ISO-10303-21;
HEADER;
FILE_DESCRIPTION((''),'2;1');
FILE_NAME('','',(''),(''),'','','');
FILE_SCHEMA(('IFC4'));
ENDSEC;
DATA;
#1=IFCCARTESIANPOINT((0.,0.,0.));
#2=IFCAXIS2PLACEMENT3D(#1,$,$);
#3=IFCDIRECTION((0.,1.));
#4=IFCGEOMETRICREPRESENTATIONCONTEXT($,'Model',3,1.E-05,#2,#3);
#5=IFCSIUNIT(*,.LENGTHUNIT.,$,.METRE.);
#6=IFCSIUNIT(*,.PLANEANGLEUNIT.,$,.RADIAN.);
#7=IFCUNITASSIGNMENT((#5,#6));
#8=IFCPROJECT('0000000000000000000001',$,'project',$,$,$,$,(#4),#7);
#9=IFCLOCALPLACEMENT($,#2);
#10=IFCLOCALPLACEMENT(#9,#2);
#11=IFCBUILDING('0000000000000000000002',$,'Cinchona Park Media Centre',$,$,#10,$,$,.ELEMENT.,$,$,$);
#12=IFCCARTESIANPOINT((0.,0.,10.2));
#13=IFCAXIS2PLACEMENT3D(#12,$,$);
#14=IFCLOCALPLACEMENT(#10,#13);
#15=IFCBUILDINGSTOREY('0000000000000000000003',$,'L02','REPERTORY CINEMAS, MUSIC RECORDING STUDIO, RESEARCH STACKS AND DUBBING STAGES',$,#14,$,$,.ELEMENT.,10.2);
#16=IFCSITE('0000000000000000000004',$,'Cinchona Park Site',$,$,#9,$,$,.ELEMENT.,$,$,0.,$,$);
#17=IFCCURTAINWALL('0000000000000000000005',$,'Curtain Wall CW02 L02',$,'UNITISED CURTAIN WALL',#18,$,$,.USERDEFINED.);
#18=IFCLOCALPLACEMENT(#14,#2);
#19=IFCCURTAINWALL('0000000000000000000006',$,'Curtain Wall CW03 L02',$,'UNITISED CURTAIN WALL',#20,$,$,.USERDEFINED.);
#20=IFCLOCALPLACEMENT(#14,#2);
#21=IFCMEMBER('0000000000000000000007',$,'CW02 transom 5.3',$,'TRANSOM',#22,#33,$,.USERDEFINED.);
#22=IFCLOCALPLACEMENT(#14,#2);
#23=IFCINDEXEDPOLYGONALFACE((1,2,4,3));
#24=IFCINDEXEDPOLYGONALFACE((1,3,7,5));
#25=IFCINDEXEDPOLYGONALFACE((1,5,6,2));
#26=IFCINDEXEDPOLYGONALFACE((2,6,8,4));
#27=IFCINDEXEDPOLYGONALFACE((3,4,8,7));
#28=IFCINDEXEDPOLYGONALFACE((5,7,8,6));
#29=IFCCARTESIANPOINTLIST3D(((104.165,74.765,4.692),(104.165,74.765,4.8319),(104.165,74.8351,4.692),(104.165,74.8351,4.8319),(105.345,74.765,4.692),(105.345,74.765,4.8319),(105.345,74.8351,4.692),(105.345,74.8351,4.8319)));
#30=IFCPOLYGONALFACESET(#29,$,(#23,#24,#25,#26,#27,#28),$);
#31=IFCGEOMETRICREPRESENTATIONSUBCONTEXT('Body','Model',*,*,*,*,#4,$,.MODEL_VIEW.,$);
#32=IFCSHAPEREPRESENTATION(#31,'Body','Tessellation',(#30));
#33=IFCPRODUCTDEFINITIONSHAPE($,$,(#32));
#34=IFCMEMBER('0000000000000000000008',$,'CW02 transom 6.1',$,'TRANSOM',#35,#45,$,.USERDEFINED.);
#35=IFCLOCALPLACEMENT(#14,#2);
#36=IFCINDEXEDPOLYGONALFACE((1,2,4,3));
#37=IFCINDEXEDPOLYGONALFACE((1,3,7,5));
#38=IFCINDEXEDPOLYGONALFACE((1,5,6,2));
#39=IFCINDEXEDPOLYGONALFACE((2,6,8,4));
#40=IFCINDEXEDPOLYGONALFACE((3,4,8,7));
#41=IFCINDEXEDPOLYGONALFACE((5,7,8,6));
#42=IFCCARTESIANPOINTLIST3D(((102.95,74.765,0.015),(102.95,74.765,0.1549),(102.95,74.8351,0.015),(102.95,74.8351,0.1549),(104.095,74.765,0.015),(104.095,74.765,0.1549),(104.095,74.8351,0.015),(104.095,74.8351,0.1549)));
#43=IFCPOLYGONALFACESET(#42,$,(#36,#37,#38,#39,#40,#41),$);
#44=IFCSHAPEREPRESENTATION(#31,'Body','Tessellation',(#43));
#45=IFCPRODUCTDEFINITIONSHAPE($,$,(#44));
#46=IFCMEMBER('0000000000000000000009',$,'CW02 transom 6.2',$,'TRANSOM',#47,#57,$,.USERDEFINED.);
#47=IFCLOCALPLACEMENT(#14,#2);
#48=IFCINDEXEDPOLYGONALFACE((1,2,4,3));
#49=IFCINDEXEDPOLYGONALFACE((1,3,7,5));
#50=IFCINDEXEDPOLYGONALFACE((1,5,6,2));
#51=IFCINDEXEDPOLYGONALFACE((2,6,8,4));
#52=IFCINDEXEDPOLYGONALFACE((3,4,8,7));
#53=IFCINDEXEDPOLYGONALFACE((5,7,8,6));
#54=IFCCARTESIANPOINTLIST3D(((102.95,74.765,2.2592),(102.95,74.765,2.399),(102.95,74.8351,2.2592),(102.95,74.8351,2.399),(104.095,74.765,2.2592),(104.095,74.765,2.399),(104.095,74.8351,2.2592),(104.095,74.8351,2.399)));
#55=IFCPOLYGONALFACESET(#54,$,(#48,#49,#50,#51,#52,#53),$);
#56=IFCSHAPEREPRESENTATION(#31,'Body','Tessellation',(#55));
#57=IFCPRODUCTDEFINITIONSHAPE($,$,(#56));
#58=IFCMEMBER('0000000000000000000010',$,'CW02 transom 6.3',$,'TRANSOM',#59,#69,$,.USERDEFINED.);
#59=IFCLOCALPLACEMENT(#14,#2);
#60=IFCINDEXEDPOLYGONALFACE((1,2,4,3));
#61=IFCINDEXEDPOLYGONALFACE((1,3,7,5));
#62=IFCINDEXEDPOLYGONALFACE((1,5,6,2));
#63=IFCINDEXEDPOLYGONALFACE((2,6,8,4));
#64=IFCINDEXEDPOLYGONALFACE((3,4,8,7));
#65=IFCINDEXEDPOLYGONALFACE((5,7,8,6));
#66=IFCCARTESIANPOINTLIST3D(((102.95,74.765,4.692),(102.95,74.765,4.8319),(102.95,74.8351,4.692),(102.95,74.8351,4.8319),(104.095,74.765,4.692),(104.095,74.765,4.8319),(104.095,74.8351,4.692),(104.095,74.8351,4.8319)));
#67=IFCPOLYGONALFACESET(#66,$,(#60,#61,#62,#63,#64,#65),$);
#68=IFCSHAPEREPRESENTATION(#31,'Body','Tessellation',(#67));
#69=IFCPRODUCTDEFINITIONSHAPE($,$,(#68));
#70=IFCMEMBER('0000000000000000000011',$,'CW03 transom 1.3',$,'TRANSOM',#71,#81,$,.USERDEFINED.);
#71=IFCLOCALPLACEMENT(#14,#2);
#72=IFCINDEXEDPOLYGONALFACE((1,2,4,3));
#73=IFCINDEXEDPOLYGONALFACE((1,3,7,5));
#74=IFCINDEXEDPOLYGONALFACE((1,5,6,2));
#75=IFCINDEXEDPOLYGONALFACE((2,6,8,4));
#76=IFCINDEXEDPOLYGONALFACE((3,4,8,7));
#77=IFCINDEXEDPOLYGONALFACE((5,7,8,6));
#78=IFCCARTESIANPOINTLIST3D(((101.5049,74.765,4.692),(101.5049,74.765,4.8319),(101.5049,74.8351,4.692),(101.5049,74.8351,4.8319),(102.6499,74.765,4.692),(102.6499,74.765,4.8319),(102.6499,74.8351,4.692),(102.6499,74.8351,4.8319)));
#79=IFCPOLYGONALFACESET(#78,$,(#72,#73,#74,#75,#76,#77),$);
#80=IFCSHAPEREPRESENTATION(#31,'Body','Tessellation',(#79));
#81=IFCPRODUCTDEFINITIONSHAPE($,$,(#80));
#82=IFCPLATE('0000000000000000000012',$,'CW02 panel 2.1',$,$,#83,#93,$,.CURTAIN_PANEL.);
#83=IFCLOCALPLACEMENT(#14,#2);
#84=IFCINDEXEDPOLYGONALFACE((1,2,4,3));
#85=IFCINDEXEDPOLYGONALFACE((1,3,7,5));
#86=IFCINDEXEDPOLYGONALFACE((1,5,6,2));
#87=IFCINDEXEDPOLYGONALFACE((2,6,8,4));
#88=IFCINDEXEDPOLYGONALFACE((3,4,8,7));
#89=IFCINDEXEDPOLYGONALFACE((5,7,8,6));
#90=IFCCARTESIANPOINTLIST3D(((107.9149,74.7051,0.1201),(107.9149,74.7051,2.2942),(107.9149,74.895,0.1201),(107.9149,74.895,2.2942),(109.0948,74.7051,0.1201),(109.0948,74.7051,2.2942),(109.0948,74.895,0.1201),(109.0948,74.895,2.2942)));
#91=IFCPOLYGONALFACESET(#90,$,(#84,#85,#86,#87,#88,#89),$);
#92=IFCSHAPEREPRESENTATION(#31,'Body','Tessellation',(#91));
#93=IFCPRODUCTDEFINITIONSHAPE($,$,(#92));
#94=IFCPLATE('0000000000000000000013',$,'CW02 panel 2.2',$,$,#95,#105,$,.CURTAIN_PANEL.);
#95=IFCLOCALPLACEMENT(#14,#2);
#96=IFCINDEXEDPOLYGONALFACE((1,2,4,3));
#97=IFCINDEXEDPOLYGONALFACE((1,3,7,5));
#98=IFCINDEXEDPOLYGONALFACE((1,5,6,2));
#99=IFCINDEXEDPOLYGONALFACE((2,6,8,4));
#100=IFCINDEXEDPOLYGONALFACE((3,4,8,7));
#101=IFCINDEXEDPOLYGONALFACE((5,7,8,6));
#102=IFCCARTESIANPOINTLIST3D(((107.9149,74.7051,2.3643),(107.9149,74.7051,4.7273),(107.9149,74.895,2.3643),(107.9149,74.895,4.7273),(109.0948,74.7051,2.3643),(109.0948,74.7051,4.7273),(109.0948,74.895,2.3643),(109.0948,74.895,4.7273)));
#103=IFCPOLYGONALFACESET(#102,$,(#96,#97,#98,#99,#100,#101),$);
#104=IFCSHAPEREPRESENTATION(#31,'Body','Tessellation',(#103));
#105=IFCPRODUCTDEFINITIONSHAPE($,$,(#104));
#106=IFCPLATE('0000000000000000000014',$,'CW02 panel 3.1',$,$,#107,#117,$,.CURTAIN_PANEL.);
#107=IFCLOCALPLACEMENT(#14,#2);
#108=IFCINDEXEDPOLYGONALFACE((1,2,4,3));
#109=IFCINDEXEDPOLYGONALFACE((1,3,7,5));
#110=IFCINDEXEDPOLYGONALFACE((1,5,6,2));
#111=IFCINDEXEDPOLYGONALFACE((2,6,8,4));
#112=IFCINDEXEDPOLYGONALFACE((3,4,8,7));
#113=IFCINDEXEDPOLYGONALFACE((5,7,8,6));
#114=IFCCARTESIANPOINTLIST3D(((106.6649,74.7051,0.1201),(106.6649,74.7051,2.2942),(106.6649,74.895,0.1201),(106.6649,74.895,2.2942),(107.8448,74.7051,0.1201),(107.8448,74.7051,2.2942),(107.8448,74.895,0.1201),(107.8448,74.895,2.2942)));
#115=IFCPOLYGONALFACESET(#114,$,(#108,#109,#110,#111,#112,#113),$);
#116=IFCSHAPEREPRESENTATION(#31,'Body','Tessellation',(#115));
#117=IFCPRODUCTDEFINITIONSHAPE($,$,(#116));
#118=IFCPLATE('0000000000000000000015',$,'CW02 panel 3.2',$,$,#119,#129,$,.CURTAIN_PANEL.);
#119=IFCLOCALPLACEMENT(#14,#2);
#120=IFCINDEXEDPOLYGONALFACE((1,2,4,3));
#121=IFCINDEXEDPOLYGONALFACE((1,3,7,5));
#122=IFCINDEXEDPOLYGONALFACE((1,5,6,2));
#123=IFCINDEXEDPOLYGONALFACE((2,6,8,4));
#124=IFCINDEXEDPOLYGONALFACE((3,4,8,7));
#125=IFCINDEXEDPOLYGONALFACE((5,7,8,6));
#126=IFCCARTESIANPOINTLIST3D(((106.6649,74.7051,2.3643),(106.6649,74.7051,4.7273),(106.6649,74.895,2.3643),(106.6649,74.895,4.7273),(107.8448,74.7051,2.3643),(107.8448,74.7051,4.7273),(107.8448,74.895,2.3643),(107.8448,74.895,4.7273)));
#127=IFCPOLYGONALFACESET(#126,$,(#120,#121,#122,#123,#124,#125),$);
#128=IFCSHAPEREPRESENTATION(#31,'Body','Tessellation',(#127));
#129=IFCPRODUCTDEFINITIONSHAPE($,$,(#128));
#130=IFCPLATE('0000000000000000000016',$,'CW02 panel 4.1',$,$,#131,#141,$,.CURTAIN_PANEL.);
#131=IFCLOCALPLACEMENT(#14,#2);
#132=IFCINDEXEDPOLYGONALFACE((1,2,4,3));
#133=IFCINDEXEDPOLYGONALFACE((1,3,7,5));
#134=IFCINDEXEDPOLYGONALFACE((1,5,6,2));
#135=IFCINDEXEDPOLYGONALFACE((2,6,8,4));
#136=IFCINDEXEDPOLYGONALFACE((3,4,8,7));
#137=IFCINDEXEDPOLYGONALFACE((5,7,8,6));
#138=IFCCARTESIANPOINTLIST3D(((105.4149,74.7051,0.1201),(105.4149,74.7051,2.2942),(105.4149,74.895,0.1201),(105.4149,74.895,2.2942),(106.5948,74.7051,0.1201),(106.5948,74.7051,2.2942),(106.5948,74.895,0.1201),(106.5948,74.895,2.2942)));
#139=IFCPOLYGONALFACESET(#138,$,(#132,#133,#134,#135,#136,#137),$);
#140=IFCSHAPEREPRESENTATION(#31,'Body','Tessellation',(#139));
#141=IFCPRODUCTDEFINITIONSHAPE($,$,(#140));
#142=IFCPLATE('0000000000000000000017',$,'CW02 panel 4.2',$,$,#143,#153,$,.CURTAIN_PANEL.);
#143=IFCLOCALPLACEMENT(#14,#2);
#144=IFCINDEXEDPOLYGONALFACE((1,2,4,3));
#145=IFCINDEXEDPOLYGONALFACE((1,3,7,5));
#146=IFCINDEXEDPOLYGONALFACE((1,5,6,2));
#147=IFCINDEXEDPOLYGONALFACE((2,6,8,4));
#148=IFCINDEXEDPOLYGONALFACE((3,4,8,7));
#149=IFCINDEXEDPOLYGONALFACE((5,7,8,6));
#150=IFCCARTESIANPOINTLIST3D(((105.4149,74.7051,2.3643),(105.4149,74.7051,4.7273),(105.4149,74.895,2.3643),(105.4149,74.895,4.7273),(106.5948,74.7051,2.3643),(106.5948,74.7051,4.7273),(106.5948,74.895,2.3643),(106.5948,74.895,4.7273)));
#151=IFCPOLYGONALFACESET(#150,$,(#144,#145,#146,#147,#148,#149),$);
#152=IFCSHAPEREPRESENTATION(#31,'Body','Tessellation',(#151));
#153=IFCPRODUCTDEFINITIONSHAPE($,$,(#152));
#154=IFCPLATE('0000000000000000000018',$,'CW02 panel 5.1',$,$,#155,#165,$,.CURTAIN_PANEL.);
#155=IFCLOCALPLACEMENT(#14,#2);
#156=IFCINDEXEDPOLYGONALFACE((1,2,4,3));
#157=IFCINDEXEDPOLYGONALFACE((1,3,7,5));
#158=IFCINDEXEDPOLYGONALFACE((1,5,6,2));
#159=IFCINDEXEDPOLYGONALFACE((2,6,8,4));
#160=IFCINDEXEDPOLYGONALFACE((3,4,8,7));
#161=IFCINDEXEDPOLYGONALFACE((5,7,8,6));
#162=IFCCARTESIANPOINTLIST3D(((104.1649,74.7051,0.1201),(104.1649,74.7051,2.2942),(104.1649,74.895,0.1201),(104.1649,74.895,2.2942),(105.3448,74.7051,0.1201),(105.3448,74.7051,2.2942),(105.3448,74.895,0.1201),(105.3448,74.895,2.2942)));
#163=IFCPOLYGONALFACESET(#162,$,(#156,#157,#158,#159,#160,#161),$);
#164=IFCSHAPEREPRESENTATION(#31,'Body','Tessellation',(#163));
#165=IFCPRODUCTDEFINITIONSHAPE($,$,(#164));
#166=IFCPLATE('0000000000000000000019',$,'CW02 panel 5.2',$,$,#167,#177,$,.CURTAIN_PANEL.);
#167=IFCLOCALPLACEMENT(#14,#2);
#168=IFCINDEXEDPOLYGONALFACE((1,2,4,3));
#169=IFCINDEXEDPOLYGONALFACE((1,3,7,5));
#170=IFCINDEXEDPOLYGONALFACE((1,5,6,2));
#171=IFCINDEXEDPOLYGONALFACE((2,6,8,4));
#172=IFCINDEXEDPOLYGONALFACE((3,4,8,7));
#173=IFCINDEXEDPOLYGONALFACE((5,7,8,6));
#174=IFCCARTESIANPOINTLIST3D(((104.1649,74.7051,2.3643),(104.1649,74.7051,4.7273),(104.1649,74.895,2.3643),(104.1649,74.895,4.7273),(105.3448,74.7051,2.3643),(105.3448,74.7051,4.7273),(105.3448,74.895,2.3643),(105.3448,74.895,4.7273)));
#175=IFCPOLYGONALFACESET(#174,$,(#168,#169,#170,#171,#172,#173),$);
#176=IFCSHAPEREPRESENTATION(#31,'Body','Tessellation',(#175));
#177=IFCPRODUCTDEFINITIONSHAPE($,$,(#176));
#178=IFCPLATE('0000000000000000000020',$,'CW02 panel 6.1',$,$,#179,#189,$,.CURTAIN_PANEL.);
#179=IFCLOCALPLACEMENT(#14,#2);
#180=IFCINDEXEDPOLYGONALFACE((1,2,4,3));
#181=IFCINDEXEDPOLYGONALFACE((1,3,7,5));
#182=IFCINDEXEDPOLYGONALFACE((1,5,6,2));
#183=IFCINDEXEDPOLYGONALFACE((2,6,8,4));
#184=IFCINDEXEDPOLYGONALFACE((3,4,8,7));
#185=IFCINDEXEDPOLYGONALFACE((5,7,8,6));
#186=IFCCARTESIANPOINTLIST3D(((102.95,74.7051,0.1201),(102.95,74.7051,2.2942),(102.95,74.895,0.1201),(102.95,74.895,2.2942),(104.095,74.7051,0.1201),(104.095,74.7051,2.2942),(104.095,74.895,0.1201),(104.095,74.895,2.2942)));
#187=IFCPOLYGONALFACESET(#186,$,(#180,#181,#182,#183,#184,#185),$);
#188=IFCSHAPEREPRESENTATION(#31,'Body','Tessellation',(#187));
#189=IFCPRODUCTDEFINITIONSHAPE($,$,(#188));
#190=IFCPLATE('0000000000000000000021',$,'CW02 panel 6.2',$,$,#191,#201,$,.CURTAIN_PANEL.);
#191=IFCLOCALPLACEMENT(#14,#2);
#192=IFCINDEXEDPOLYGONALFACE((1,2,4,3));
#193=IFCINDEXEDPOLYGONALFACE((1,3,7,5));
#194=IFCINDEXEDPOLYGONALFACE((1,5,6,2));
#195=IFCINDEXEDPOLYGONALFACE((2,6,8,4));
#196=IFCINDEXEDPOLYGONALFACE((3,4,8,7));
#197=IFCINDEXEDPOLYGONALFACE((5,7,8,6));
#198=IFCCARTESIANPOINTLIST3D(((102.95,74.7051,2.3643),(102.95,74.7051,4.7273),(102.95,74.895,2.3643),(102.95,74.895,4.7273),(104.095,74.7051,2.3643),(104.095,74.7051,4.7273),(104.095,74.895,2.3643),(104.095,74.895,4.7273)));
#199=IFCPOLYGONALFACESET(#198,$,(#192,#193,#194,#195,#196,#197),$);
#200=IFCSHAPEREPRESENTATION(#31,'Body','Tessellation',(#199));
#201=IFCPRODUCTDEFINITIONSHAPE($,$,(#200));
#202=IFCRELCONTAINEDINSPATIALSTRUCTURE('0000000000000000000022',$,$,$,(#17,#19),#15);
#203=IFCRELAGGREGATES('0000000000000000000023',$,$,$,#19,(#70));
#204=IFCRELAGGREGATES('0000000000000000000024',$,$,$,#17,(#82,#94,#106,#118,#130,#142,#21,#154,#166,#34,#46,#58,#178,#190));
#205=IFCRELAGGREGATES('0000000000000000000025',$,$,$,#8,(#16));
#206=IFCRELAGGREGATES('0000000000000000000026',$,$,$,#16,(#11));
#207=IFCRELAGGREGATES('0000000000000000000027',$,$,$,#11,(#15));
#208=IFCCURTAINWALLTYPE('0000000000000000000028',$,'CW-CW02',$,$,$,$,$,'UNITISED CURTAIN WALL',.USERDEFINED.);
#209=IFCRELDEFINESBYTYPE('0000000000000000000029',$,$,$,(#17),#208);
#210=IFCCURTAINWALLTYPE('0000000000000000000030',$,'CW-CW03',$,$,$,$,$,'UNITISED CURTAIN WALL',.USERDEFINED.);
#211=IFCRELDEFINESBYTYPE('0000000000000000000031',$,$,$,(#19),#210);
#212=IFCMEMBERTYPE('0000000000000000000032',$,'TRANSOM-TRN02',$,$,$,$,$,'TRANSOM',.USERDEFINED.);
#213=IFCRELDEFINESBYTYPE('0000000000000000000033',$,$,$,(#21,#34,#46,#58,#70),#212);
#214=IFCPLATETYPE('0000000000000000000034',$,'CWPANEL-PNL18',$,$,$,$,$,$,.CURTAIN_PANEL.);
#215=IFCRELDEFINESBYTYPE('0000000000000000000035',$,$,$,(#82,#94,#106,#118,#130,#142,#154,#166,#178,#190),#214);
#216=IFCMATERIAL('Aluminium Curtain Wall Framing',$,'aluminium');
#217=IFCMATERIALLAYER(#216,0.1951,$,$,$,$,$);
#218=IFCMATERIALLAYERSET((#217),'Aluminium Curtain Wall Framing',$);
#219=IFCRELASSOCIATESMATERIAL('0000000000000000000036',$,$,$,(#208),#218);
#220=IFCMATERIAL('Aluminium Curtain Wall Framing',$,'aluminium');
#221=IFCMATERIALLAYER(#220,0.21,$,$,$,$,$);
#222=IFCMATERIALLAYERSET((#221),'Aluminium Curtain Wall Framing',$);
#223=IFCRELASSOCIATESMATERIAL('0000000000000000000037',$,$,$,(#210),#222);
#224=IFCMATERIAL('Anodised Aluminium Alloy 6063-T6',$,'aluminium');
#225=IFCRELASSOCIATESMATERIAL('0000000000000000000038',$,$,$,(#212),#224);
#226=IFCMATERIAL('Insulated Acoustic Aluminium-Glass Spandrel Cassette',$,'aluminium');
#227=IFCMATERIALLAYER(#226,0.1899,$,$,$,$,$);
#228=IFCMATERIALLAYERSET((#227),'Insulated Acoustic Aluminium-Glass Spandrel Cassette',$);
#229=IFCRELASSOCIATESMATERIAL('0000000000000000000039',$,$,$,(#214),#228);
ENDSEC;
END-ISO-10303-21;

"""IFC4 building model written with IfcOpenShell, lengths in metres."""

from ifc_helpers import new_model, si_unit, direction, frame, origin, origin_2d, place, context, subcontext, project, spatial, rectangle, extrude, material, layer, layer_set, material_profile, profile_set, type_object, element, aggregate, save


model = new_model("IFC4")

# Units and contexts
model_context = context("Model", 3, precision=1e-05, world=origin(), true_north=direction((0.0, 1.0)))
body_context = subcontext(model_context, "Body", "Model", "MODEL_VIEW")
ifc_project = project(units=[si_unit("LENGTHUNIT", "METRE"), si_unit("PLANEANGLEUNIT", "RADIAN")], contexts=[model_context])

# Site, building, storey
site_placement = place(None, origin())
site = spatial("IfcSite", under=ifc_project, at=site_placement, Name="Cinchona Park Site", CompositionType="ELEMENT", RefElevation=0.0)
building_placement = place(site_placement, origin())
building = spatial("IfcBuilding", under=site, at=building_placement, Name="Cinchona Park Media Centre", CompositionType="ELEMENT")
storey_placement = place(building_placement, frame((0.0, 0.0, 10.2)))
storey = spatial("IfcBuildingStorey", under=building, at=storey_placement, Name="L02", Description="REPERTORY CINEMAS, MUSIC RECORDING STUDIO, RESEARCH STACKS AND DUBBING STAGES", CompositionType="ELEMENT", Elevation=10.2)

# Curtain wall
ifc_material_1 = material(Name="Aluminium Curtain Wall Framing", Category="aluminium")
ifc_layer_1 = layer(ifc_material_1, 0.1951)
ifc_layer_set_1 = layer_set([ifc_layer_1], Name="Aluminium Curtain Wall Framing")
curtain_wall_type_1 = type_object("IfcCurtainWallType", Name="CW-CW02", ElementType="UNITISED CURTAIN WALL", PredefinedType="USERDEFINED", material=ifc_layer_set_1)
curtain_wall_1_placement = place(storey_placement, origin())
curtain_wall_1 = element("IfcCurtainWall", 1, at=curtain_wall_1_placement, inside=storey, type_object=curtain_wall_type_1, Name="Curtain Wall CW02 L02", ObjectType="UNITISED CURTAIN WALL", PredefinedType="USERDEFINED")

# Curtain wall
ifc_material_2 = material(Name="Aluminium Curtain Wall Framing", Category="aluminium")
ifc_layer_2 = layer(ifc_material_2, 0.21)
ifc_layer_set_2 = layer_set([ifc_layer_2], Name="Aluminium Curtain Wall Framing")
curtain_wall_type_2 = type_object("IfcCurtainWallType", Name="CW-CW03", ElementType="UNITISED CURTAIN WALL", PredefinedType="USERDEFINED", material=ifc_layer_set_2)
curtain_wall_2_placement = place(storey_placement, origin())
curtain_wall_2 = element("IfcCurtainWall", 2, at=curtain_wall_2_placement, inside=storey, type_object=curtain_wall_type_2, Name="Curtain Wall CW03 L02", ObjectType="UNITISED CURTAIN WALL", PredefinedType="USERDEFINED")

# Members
ifc_material_3 = material(Name="Anodised Aluminium Alloy 6063-T6", Category="aluminium")
ifc_material_profile_1 = material_profile(ifc_material_3, rectangle(XDim=0.0701, YDim=0.1399, at=origin_2d()), Name="TRN-70X140")
ifc_profile_set_1 = profile_set([ifc_material_profile_1], Name="Anodised Aluminium Alloy 6063-T6")
member_type_1 = type_object("IfcMemberType", Name="TRANSOM-TRN02", ElementType="TRANSOM", PredefinedType="USERDEFINED", material=ifc_profile_set_1)
member_1_placement = place(storey_placement, frame((105.345, 74.8, 4.762), z_axis=(-1.0, 0.0, 0.0), x_axis=(0.0, -1.0, 0.0)))
member_1 = element("IfcMember", 3, at=member_1_placement, type_object=member_type_1, Name="CW02 transom 5.3", ObjectType="TRANSOM", PredefinedType="USERDEFINED", context=body_context, shape_type="SweptSolid", body=[
    extrude(rectangle(XDim=0.0701, YDim=0.1399, at=origin_2d()), origin(), (0.0, 0.0, 1.0), 1.1799),
])
member_2_placement = place(storey_placement, frame((104.095, 74.8, 0.085), z_axis=(-1.0, 0.0, 0.0), x_axis=(0.0, -1.0, 0.0)))
member_2 = element("IfcMember", 4, at=member_2_placement, type_object=member_type_1, Name="CW02 transom 6.1", ObjectType="TRANSOM", PredefinedType="USERDEFINED", context=body_context, shape_type="SweptSolid", body=[
    extrude(rectangle(XDim=0.0701, YDim=0.1399, at=origin_2d()), origin(), (0.0, 0.0, 1.0), 1.145),
])
member_3_placement = place(storey_placement, frame((104.095, 74.8, 2.3291), z_axis=(-1.0, 0.0, 0.0), x_axis=(0.0, -1.0, 0.0)))
member_3 = element("IfcMember", 5, at=member_3_placement, type_object=member_type_1, Name="CW02 transom 6.2", ObjectType="TRANSOM", PredefinedType="USERDEFINED", context=body_context, shape_type="SweptSolid", body=[
    extrude(rectangle(XDim=0.0701, YDim=0.1399, at=origin_2d()), origin(), (0.0, 0.0, 1.0), 1.145),
])
member_4_placement = place(storey_placement, frame((104.095, 74.8, 4.762), z_axis=(-1.0, 0.0, 0.0), x_axis=(0.0, -1.0, 0.0)))
member_4 = element("IfcMember", 6, at=member_4_placement, type_object=member_type_1, Name="CW02 transom 6.3", ObjectType="TRANSOM", PredefinedType="USERDEFINED", context=body_context, shape_type="SweptSolid", body=[
    extrude(rectangle(XDim=0.0701, YDim=0.1399, at=origin_2d()), origin(), (0.0, 0.0, 1.0), 1.145),
])
member_5_placement = place(storey_placement, frame((102.6499, 74.8, 4.762), z_axis=(-1.0, 0.0, 0.0), x_axis=(0.0, -1.0, 0.0)))
member_5 = element("IfcMember", 7, at=member_5_placement, type_object=member_type_1, Name="CW03 transom 1.3", ObjectType="TRANSOM", PredefinedType="USERDEFINED", context=body_context, shape_type="SweptSolid", body=[
    extrude(rectangle(XDim=0.0701, YDim=0.1399, at=origin_2d()), origin(), (0.0, 0.0, 1.0), 1.145),
])
aggregate(curtain_wall_2, [member_5])

# Plates
ifc_material_4 = material(Name="Insulated Acoustic Aluminium-Glass Spandrel Cassette", Category="aluminium")
ifc_layer_3 = layer(ifc_material_4, 0.1899)
ifc_layer_set_3 = layer_set([ifc_layer_3], Name="Insulated Acoustic Aluminium-Glass Spandrel Cassette")
plate_type = type_object("IfcPlateType", Name="CWPANEL-PNL18", PredefinedType="CURTAIN_PANEL", material=ifc_layer_set_3)
plate_1_placement = place(storey_placement, frame((108.5049, 74.8, 0.1201), z_axis=(0.0, 0.0, 1.0), x_axis=(-1.0, 0.0, 0.0)))
plate_1 = element("IfcPlate", 8, at=plate_1_placement, type_object=plate_type, Name="CW02 panel 2.1", PredefinedType="CURTAIN_PANEL", context=body_context, shape_type="SweptSolid", body=[
    extrude(rectangle(XDim=1.1799, YDim=0.1899, at=origin_2d()), origin(), (0.0, 0.0, 1.0), 2.1741),
])
plate_2_placement = place(storey_placement, frame((108.5049, 74.8, 2.3643), z_axis=(0.0, 0.0, 1.0), x_axis=(-1.0, 0.0, 0.0)))
plate_2 = element("IfcPlate", 9, at=plate_2_placement, type_object=plate_type, Name="CW02 panel 2.2", PredefinedType="CURTAIN_PANEL", context=body_context, shape_type="SweptSolid", body=[
    extrude(rectangle(XDim=1.1799, YDim=0.1899, at=origin_2d()), origin(), (0.0, 0.0, 1.0), 2.363),
])
plate_3_placement = place(storey_placement, frame((107.2549, 74.8, 0.1201), z_axis=(0.0, 0.0, 1.0), x_axis=(-1.0, 0.0, 0.0)))
plate_3 = element("IfcPlate", 10, at=plate_3_placement, type_object=plate_type, Name="CW02 panel 3.1", PredefinedType="CURTAIN_PANEL", context=body_context, shape_type="SweptSolid", body=[
    extrude(rectangle(XDim=1.1799, YDim=0.1899, at=origin_2d()), origin(), (0.0, 0.0, 1.0), 2.1741),
])
plate_4_placement = place(storey_placement, frame((107.2549, 74.8, 2.3643), z_axis=(0.0, 0.0, 1.0), x_axis=(-1.0, 0.0, 0.0)))
plate_4 = element("IfcPlate", 11, at=plate_4_placement, type_object=plate_type, Name="CW02 panel 3.2", PredefinedType="CURTAIN_PANEL", context=body_context, shape_type="SweptSolid", body=[
    extrude(rectangle(XDim=1.1799, YDim=0.1899, at=origin_2d()), origin(), (0.0, 0.0, 1.0), 2.363),
])
plate_5_placement = place(storey_placement, frame((106.0049, 74.8, 0.1201), z_axis=(0.0, 0.0, 1.0), x_axis=(-1.0, 0.0, 0.0)))
plate_5 = element("IfcPlate", 12, at=plate_5_placement, type_object=plate_type, Name="CW02 panel 4.1", PredefinedType="CURTAIN_PANEL", context=body_context, shape_type="SweptSolid", body=[
    extrude(rectangle(XDim=1.1799, YDim=0.1899, at=origin_2d()), origin(), (0.0, 0.0, 1.0), 2.1741),
])
plate_6_placement = place(storey_placement, frame((106.0049, 74.8, 2.3643), z_axis=(0.0, 0.0, 1.0), x_axis=(-1.0, 0.0, 0.0)))
plate_6 = element("IfcPlate", 13, at=plate_6_placement, type_object=plate_type, Name="CW02 panel 4.2", PredefinedType="CURTAIN_PANEL", context=body_context, shape_type="SweptSolid", body=[
    extrude(rectangle(XDim=1.1799, YDim=0.1899, at=origin_2d()), origin(), (0.0, 0.0, 1.0), 2.363),
])
plate_7_placement = place(storey_placement, frame((104.7549, 74.8, 0.1201), z_axis=(0.0, 0.0, 1.0), x_axis=(-1.0, 0.0, 0.0)))
plate_7 = element("IfcPlate", 14, at=plate_7_placement, type_object=plate_type, Name="CW02 panel 5.1", PredefinedType="CURTAIN_PANEL", context=body_context, shape_type="SweptSolid", body=[
    extrude(rectangle(XDim=1.1799, YDim=0.1899, at=origin_2d()), origin(), (0.0, 0.0, 1.0), 2.1741),
])
plate_8_placement = place(storey_placement, frame((104.7549, 74.8, 2.3643), z_axis=(0.0, 0.0, 1.0), x_axis=(-1.0, 0.0, 0.0)))
plate_8 = element("IfcPlate", 15, at=plate_8_placement, type_object=plate_type, Name="CW02 panel 5.2", PredefinedType="CURTAIN_PANEL", context=body_context, shape_type="SweptSolid", body=[
    extrude(rectangle(XDim=1.1799, YDim=0.1899, at=origin_2d()), origin(), (0.0, 0.0, 1.0), 2.363),
])
plate_9_placement = place(storey_placement, frame((103.5225, 74.8, 0.1201), z_axis=(0.0, 0.0, 1.0), x_axis=(-1.0, 0.0, 0.0)))
plate_9 = element("IfcPlate", 16, at=plate_9_placement, type_object=plate_type, Name="CW02 panel 6.1", PredefinedType="CURTAIN_PANEL", context=body_context, shape_type="SweptSolid", body=[
    extrude(rectangle(XDim=1.145, YDim=0.1899, at=origin_2d()), origin(), (0.0, 0.0, 1.0), 2.1741),
])
plate_10_placement = place(storey_placement, frame((103.5225, 74.8, 2.3643), z_axis=(0.0, 0.0, 1.0), x_axis=(-1.0, 0.0, 0.0)))
plate_10 = element("IfcPlate", 17, at=plate_10_placement, type_object=plate_type, Name="CW02 panel 6.2", PredefinedType="CURTAIN_PANEL", context=body_context, shape_type="SweptSolid", body=[
    extrude(rectangle(XDim=1.145, YDim=0.1899, at=origin_2d()), origin(), (0.0, 0.0, 1.0), 2.363),
])
aggregate(curtain_wall_1, [plate_1, plate_2, plate_3, plate_4, plate_5, plate_6, member_1, plate_7, plate_8, member_2, member_3, member_4, plate_9, plate_10])

save(model, "model.ifc")
